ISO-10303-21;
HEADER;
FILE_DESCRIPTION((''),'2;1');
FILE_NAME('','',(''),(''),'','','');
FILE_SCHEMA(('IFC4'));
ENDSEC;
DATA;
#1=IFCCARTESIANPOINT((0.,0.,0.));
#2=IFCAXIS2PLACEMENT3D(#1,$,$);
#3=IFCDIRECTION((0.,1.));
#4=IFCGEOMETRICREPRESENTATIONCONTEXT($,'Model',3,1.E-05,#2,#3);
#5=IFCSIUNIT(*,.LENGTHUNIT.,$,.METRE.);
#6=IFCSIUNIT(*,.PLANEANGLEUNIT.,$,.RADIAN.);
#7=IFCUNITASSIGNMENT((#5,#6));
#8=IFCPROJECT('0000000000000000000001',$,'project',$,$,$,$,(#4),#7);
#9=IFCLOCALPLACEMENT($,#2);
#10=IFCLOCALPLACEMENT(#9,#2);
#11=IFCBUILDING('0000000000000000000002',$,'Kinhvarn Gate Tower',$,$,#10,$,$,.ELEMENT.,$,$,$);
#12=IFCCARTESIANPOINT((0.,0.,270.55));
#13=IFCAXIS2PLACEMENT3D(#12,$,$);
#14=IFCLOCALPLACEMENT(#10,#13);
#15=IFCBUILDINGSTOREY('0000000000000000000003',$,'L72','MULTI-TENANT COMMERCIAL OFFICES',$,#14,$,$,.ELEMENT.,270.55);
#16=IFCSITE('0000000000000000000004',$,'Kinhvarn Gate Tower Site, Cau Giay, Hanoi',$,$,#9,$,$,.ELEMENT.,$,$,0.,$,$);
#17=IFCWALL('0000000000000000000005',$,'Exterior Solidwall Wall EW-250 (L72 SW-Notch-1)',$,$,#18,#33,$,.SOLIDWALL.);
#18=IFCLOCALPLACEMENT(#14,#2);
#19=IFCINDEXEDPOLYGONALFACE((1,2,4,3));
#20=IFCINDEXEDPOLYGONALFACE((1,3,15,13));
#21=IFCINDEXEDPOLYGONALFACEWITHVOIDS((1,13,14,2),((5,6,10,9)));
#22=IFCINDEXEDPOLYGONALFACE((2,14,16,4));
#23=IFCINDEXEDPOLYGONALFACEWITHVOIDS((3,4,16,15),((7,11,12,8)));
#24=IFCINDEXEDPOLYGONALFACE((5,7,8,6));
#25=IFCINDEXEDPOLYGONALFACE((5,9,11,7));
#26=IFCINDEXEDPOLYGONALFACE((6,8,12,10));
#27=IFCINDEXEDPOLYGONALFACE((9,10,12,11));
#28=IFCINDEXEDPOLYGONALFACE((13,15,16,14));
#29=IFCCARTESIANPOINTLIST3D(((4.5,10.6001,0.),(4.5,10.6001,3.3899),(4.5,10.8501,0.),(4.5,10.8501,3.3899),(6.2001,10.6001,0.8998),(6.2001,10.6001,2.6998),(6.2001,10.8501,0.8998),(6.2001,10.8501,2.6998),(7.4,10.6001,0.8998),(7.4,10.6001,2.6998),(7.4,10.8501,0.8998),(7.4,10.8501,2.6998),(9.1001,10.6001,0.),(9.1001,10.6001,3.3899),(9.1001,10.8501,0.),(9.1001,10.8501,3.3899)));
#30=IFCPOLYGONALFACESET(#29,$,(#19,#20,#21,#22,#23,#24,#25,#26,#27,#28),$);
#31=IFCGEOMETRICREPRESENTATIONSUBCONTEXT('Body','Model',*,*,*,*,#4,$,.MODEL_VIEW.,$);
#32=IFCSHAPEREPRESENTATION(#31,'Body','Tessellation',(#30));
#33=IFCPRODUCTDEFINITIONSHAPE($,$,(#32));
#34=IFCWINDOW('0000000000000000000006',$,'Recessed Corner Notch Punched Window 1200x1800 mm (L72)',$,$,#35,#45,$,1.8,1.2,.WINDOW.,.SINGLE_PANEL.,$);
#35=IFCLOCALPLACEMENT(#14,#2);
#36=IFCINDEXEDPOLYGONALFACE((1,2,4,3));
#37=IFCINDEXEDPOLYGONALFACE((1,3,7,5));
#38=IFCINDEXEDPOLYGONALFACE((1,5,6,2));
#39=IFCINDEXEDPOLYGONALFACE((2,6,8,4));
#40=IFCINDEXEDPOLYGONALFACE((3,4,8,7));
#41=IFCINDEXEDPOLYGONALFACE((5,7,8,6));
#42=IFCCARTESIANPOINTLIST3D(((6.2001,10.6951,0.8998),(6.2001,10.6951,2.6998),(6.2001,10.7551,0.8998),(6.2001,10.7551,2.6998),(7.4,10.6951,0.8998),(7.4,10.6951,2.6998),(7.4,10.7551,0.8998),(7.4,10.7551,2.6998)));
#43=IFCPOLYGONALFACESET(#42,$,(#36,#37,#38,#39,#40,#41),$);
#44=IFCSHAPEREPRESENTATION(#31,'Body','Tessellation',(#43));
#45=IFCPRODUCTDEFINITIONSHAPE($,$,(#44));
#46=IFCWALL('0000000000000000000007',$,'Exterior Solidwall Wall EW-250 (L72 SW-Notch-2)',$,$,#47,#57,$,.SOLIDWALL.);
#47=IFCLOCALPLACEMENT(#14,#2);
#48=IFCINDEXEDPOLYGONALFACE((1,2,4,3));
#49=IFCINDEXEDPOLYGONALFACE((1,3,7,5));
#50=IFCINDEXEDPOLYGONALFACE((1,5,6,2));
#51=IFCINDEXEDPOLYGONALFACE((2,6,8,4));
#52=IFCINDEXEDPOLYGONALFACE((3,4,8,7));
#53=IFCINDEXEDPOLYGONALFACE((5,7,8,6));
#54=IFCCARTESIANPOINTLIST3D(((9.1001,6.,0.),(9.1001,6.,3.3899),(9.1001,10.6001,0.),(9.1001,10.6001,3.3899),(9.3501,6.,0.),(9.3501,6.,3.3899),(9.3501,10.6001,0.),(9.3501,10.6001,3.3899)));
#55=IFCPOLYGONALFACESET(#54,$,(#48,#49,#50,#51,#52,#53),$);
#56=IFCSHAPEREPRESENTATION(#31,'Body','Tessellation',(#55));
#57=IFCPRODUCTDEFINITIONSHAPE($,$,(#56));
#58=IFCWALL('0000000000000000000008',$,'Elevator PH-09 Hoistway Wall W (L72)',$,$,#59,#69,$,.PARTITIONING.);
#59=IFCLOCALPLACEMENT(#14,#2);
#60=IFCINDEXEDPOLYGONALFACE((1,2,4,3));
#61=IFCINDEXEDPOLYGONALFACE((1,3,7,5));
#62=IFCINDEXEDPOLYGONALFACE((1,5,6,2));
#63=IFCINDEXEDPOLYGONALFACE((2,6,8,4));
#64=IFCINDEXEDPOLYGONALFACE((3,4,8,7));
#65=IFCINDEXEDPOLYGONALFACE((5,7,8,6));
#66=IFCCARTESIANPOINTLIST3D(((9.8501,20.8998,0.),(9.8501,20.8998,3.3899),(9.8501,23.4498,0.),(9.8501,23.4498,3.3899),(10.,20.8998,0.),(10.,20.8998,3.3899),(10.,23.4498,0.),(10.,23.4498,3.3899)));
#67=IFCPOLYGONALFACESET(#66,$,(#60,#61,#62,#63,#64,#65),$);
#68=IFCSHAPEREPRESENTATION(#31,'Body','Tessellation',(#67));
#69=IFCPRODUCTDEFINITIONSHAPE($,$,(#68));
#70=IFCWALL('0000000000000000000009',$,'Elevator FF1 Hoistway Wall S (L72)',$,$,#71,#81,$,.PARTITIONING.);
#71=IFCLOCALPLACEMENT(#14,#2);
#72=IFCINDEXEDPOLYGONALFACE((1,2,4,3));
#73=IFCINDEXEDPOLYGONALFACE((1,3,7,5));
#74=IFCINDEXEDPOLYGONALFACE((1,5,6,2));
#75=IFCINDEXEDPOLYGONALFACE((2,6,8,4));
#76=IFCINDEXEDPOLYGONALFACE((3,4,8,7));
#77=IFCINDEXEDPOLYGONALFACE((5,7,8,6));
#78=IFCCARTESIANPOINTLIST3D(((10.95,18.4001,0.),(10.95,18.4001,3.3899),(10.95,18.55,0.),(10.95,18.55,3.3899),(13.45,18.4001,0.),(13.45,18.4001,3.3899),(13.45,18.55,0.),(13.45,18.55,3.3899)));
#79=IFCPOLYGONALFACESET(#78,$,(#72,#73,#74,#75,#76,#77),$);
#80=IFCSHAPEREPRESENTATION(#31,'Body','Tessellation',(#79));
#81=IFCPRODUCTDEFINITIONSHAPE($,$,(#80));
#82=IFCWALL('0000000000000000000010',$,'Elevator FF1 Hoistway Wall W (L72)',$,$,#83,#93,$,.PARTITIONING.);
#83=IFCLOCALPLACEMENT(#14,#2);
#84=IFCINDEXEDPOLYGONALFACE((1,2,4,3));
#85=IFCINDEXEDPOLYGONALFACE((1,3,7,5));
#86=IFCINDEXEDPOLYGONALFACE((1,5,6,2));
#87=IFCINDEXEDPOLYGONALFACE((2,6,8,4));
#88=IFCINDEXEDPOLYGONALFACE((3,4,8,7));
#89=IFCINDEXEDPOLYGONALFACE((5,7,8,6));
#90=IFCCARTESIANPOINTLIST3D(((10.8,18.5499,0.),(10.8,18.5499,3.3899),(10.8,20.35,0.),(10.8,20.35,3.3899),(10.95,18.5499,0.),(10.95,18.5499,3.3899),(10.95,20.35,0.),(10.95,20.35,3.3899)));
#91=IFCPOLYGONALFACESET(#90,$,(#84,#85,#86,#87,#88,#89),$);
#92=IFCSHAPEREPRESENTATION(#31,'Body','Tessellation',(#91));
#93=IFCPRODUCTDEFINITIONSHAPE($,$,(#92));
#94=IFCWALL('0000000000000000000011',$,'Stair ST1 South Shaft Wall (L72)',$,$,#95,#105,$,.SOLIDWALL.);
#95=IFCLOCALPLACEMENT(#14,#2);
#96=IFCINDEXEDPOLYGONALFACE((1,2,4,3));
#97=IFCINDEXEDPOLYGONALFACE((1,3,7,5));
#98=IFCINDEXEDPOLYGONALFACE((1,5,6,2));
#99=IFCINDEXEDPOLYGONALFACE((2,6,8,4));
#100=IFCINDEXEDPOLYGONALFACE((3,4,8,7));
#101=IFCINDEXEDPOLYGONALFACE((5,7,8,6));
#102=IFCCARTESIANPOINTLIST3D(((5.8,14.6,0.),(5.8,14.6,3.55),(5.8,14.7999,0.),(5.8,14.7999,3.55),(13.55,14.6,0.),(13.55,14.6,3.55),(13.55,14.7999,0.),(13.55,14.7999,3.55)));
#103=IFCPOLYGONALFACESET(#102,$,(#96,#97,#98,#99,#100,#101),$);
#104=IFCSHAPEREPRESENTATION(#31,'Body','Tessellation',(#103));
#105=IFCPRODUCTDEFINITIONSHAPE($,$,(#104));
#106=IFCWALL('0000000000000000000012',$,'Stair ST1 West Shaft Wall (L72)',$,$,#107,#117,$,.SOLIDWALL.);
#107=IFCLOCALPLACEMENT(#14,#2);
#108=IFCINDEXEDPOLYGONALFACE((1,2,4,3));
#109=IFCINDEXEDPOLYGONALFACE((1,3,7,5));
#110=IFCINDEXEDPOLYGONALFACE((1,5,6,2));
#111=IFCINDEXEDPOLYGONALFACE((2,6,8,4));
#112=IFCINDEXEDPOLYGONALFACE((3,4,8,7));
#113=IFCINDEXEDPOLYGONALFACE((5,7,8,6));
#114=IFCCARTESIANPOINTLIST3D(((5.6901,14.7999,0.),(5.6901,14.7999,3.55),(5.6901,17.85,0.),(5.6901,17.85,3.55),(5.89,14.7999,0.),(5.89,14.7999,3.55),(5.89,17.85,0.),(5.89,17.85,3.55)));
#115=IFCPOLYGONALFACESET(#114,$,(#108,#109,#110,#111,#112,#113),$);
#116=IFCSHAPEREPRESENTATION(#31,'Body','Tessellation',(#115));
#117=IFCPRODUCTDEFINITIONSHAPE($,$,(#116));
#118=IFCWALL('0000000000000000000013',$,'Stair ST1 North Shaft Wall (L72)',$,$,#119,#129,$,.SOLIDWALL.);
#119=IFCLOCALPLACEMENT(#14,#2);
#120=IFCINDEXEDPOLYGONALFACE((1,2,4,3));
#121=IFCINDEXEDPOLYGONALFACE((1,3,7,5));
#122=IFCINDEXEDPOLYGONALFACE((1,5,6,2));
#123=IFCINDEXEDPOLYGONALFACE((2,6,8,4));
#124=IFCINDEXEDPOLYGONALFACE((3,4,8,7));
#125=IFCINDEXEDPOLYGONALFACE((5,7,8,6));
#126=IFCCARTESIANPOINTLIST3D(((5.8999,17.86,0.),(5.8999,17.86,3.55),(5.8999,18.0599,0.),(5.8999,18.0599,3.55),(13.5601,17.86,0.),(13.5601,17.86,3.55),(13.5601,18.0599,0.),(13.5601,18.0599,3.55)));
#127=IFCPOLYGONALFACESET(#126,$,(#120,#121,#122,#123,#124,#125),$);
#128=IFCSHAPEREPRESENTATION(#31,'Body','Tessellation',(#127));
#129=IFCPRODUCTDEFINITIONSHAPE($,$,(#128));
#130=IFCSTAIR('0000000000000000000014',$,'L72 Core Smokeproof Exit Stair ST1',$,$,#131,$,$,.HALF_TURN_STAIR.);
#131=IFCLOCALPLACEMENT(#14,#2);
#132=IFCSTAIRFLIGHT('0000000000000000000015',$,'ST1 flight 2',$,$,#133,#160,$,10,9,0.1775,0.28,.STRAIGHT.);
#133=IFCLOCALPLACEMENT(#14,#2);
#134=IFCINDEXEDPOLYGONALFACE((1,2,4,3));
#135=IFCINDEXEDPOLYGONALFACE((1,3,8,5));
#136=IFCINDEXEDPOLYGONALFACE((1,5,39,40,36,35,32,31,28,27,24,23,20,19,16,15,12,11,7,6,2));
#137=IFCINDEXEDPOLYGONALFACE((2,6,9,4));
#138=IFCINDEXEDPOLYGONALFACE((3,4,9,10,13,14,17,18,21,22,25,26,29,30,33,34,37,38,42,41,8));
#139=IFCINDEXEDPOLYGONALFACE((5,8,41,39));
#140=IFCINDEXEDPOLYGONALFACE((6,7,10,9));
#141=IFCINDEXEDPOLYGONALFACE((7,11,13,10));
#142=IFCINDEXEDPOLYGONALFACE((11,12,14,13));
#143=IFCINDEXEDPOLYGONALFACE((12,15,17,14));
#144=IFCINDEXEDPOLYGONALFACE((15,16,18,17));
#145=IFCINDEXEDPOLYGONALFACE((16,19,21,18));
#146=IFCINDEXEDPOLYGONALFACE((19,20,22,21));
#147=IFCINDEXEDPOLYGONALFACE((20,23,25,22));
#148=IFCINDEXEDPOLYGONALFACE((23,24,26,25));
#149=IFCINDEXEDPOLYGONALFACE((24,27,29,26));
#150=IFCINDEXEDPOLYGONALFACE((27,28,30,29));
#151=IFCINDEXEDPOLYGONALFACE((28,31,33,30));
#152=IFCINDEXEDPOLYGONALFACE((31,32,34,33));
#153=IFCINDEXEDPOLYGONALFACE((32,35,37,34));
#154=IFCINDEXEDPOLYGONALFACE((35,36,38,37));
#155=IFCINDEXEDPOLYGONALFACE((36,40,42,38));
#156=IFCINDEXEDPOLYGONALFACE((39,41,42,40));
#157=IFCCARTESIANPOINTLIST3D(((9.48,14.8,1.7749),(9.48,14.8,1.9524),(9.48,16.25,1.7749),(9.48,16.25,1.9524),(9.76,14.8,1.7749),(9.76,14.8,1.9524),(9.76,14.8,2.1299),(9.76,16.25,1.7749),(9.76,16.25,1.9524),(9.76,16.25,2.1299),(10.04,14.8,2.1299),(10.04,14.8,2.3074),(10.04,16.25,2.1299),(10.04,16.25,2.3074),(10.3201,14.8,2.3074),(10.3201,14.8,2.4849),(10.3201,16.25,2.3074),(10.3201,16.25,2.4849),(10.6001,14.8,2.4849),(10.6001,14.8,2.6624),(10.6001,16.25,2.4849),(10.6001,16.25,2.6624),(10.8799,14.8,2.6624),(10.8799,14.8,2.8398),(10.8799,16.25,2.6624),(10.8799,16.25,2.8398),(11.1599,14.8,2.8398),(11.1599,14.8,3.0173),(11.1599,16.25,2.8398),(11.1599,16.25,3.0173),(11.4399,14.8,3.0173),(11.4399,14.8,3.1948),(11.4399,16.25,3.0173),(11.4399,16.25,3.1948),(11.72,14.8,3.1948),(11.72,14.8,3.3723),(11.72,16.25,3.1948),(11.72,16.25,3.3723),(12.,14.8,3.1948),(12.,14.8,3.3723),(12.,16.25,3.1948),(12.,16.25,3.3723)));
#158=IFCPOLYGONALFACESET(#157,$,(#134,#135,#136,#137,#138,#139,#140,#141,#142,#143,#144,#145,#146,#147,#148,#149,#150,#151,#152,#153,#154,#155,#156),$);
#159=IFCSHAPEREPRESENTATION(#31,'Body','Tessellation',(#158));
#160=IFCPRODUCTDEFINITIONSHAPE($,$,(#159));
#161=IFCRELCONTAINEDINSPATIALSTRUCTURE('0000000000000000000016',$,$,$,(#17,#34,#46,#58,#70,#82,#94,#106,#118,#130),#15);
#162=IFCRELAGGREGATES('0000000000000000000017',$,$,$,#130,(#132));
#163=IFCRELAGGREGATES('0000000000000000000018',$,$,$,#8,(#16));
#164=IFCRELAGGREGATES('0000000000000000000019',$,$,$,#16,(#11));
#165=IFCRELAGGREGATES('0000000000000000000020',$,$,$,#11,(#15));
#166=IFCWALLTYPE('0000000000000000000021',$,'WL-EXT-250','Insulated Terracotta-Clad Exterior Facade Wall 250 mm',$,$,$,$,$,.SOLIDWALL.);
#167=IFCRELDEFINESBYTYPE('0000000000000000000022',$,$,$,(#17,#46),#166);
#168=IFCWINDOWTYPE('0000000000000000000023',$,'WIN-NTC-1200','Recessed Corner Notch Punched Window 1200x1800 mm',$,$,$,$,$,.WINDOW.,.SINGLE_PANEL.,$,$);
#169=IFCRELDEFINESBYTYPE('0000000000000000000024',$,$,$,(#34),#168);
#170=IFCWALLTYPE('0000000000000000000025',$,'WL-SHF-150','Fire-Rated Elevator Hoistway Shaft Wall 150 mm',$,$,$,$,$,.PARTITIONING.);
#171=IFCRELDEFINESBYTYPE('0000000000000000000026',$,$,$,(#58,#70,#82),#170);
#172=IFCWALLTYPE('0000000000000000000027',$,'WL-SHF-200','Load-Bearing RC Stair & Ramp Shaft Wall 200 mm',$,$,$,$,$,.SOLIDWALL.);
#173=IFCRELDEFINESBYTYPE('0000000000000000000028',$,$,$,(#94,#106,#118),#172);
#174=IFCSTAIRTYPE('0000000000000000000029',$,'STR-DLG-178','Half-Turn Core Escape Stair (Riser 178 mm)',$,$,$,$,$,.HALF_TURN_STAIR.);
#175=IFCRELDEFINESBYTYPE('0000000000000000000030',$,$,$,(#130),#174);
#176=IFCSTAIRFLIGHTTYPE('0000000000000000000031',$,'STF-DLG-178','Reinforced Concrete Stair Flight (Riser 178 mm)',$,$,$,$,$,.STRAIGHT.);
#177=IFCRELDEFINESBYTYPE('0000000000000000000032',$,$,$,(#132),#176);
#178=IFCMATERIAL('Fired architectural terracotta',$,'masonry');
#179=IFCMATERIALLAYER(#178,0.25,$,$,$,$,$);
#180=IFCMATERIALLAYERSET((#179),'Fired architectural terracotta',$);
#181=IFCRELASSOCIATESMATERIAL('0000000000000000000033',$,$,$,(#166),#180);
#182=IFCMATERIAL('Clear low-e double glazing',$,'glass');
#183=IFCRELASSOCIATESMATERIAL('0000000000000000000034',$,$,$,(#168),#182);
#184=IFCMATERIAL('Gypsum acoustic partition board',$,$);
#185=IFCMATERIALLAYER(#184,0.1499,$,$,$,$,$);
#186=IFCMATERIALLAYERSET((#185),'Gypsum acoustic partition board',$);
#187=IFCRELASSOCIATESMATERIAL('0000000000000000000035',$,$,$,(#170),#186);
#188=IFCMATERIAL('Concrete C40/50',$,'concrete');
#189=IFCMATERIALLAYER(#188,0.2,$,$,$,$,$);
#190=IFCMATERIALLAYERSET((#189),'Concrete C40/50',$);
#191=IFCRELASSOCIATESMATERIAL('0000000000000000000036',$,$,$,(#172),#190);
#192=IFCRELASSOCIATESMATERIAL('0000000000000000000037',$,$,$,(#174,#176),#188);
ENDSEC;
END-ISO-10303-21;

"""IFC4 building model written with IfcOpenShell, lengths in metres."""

from ifc_helpers import new_model, si_unit, direction, frame, frame_2d, origin, place, context, subcontext, project, spatial, polyline, rectangle, outline, extrude, material, layer, layer_set, type_object, element, fill, aggregate, save


model = new_model("IFC4")

# Units and contexts
model_context = context("Model", 3, precision=1e-05, world=origin(), true_north=direction((0.0, 1.0)))
body_context = subcontext(model_context, "Body", "Model", "MODEL_VIEW")
ifc_project = project(units=[si_unit("LENGTHUNIT", "METRE"), si_unit("PLANEANGLEUNIT", "RADIAN")], contexts=[model_context])

# Site, building, storey
site_placement = place(None, origin())
site = spatial("IfcSite", under=ifc_project, at=site_placement, Name="Kinhvarn Gate Tower Site, Cau Giay, Hanoi", CompositionType="ELEMENT", RefElevation=0.0)
building_placement = place(site_placement, origin())
building = spatial("IfcBuilding", under=site, at=building_placement, Name="Kinhvarn Gate Tower", CompositionType="ELEMENT")
storey_placement = place(building_placement, frame((0.0, 0.0, 270.55)))
storey = spatial("IfcBuildingStorey", under=building, at=storey_placement, Name="L72", Description="MULTI-TENANT COMMERCIAL OFFICES", CompositionType="ELEMENT", Elevation=270.55)

# Wall, opening, window
ifc_material_1 = material(Name="Fired architectural terracotta", Category="masonry")
ifc_layer_1 = layer(ifc_material_1, 0.25)
ifc_layer_set_1 = layer_set([ifc_layer_1], Name="Fired architectural terracotta")
wall_type_1 = type_object("IfcWallType", Name="WL-EXT-250", Description="Insulated Terracotta-Clad Exterior Facade Wall 250 mm", PredefinedType="SOLIDWALL", material=ifc_layer_set_1)
ifc_material_2 = material(Name="Clear low-e double glazing", Category="glass")
wall_1_placement = place(storey_placement, frame((4.5, 10.7251, 0.0), z_axis=(0.0, 0.0, 1.0), x_axis=(1.0, 0.0, 0.0)))
wall_1 = element("IfcWall", 1, at=wall_1_placement, inside=storey, type_object=wall_type_1, Name="Exterior Solidwall Wall EW-250 (L72 SW-Notch-1)", PredefinedType="SOLIDWALL", context=body_context, shape_type="SweptSolid", body=[
    extrude(rectangle(XDim=4.6001, YDim=0.25, at=frame_2d((2.3, 0.0))), origin(), (0.0, 0.0, 1.0), 3.3899),
])
opening_1_placement = place(wall_1_placement, frame((1.7, 0.0, 0.8999)))
opening_1 = element("IfcOpeningElement", 2, at=opening_1_placement, cuts=wall_1, PredefinedType="OPENING", context=body_context, shape_type="SweptSolid", body=[
    extrude(rectangle(XDim=1.2, YDim=1.8, at=frame_2d((0.6001, 0.8999))), frame((0.0, 0.135, 0.0), z_axis=(0.0, -1.0, 0.0), x_axis=(1.0, 0.0, 0.0)), (0.0, 0.0, 1.0), 0.27),
])
window_type_1 = type_object("IfcWindowType", Name="WIN-NTC-1200", Description="Recessed Corner Notch Punched Window 1200x1800 mm", PartitioningType="SINGLE_PANEL", PredefinedType="WINDOW", material=ifc_material_2)
window_1_placement = place(opening_1_placement, origin())
window_1 = element("IfcWindow", 3, at=window_1_placement, inside=storey, type_object=window_type_1, Name="Recessed Corner Notch Punched Window 1200x1800 mm (L72)", OverallHeight=1.8, OverallWidth=1.2, PartitioningType="SINGLE_PANEL", PredefinedType="WINDOW", context=body_context, shape_type="SweptSolid", body=[
    extrude(rectangle(XDim=1.2, YDim=1.8, at=frame_2d((0.6001, 0.8999))), frame((0.0, 0.03, 0.0), z_axis=(0.0, -1.0, 0.0), x_axis=(1.0, 0.0, 0.0)), (0.0, 0.0, 1.0), 0.0601),
])
fill(opening_1, window_1)

# Walls
wall_2_placement = place(storey_placement, frame((9.2251, 10.6001, 0.0), z_axis=(0.0, 0.0, 1.0), x_axis=(0.0, -1.0, 0.0)))
element("IfcWall", 4, at=wall_2_placement, inside=storey, type_object=wall_type_1, Name="Exterior Solidwall Wall EW-250 (L72 SW-Notch-2)", PredefinedType="SOLIDWALL", context=body_context, shape_type="SweptSolid", body=[
    extrude(rectangle(XDim=4.6001, YDim=0.25, at=frame_2d((2.3, 0.0))), origin(), (0.0, 0.0, 1.0), 3.3899),
])
ifc_material_3 = material(Name="Gypsum acoustic partition board")
ifc_layer_2 = layer(ifc_material_3, 0.1499)
ifc_layer_set_2 = layer_set([ifc_layer_2], Name="Gypsum acoustic partition board")
wall_type_2 = type_object("IfcWallType", Name="WL-SHF-150", Description="Fire-Rated Elevator Hoistway Shaft Wall 150 mm", PredefinedType="PARTITIONING", material=ifc_layer_set_2)
wall_3_placement = place(storey_placement, frame((9.925, 20.8999, 0.0), z_axis=(0.0, 0.0, 1.0), x_axis=(0.0, 1.0, 0.0)))
element("IfcWall", 5, at=wall_3_placement, inside=storey, type_object=wall_type_2, Name="Elevator PH-09 Hoistway Wall W (L72)", PredefinedType="PARTITIONING", context=body_context, shape_type="SweptSolid", body=[
    extrude(rectangle(XDim=2.55, YDim=0.1499, at=frame_2d((1.2749, 0.0))), origin(), (0.0, 0.0, 1.0), 3.3899),
])
wall_4_placement = place(storey_placement, frame((10.95, 18.4751, 0.0), z_axis=(0.0, 0.0, 1.0), x_axis=(1.0, 0.0, 0.0)))
element("IfcWall", 6, at=wall_4_placement, inside=storey, type_object=wall_type_2, Name="Elevator FF1 Hoistway Wall S (L72)", PredefinedType="PARTITIONING", context=body_context, shape_type="SweptSolid", body=[
    extrude(rectangle(XDim=2.5, YDim=0.1499, at=frame_2d((1.25, 0.0))), origin(), (0.0, 0.0, 1.0), 3.3899),
])
wall_5_placement = place(storey_placement, frame((10.875, 18.55, 0.0), z_axis=(0.0, 0.0, 1.0), x_axis=(0.0, 1.0, 0.0)))
element("IfcWall", 7, at=wall_5_placement, inside=storey, type_object=wall_type_2, Name="Elevator FF1 Hoistway Wall W (L72)", PredefinedType="PARTITIONING", context=body_context, shape_type="SweptSolid", body=[
    extrude(rectangle(XDim=1.8, YDim=0.1499, at=frame_2d((0.8999, 0.0))), origin(), (0.0, 0.0, 1.0), 3.3899),
])
ifc_material_4 = material(Name="Concrete C40/50", Category="concrete")
ifc_layer_3 = layer(ifc_material_4, 0.2)
ifc_layer_set_3 = layer_set([ifc_layer_3], Name="Concrete C40/50")
wall_type_3 = type_object("IfcWallType", Name="WL-SHF-200", Description="Load-Bearing RC Stair & Ramp Shaft Wall 200 mm", PredefinedType="SOLIDWALL", material=ifc_layer_set_3)
wall_6_placement = place(storey_placement, frame((5.8, 14.7, 0.0), z_axis=(0.0, 0.0, 1.0), x_axis=(1.0, 0.0, 0.0)))
element("IfcWall", 8, at=wall_6_placement, inside=storey, type_object=wall_type_3, Name="Stair ST1 South Shaft Wall (L72)", PredefinedType="SOLIDWALL", context=body_context, shape_type="SweptSolid", body=[
    extrude(rectangle(XDim=7.75, YDim=0.2, at=frame_2d((3.875, 0.0))), origin(), (0.0, 0.0, 1.0), 3.55),
])
wall_7_placement = place(storey_placement, frame((5.79, 14.8, 0.0), z_axis=(0.0, 0.0, 1.0), x_axis=(0.0, 1.0, 0.0)))
element("IfcWall", 9, at=wall_7_placement, inside=storey, type_object=wall_type_3, Name="Stair ST1 West Shaft Wall (L72)", PredefinedType="SOLIDWALL", context=body_context, shape_type="SweptSolid", body=[
    extrude(rectangle(XDim=3.05, YDim=0.2, at=frame_2d((1.5249, 0.0))), origin(), (0.0, 0.0, 1.0), 3.55),
])
wall_8_placement = place(storey_placement, frame((5.8999, 17.96, 0.0), z_axis=(0.0, 0.0, 1.0), x_axis=(1.0, 0.0, 0.0)))
element("IfcWall", 10, at=wall_8_placement, inside=storey, type_object=wall_type_3, Name="Stair ST1 North Shaft Wall (L72)", PredefinedType="SOLIDWALL", context=body_context, shape_type="SweptSolid", body=[
    extrude(rectangle(XDim=7.6602, YDim=0.2, at=frame_2d((3.8301, 0.0))), origin(), (0.0, 0.0, 1.0), 3.55),
])

# Stair, stair flight
stair_type = type_object("IfcStairType", Name="STR-DLG-178", Description="Half-Turn Core Escape Stair (Riser 178 mm)", PredefinedType="HALF_TURN_STAIR", material=ifc_material_4)
stair_placement = place(storey_placement, origin())
stair = element("IfcStair", 11, at=stair_placement, inside=storey, type_object=stair_type, Name="L72 Core Smokeproof Exit Stair ST1", PredefinedType="HALF_TURN_STAIR")
stair_flight_type = type_object("IfcStairFlightType", Name="STF-DLG-178", Description="Reinforced Concrete Stair Flight (Riser 178 mm)", PredefinedType="STRAIGHT", material=ifc_material_4)
stair_flight_placement = place(storey_placement, frame((9.48, 15.5249, 1.7749), z_axis=(0.0, 0.0, 1.0), x_axis=(1.0, 0.0, 0.0)))
stair_flight = element("IfcStairFlight", 12, at=stair_flight_placement, type_object=stair_flight_type, Name="ST1 flight 2", NumberOfRisers=10, NumberOfTreads=9, PredefinedType="STRAIGHT", RiserHeight=0.1775, TreadLength=0.28, context=body_context, shape_type="SweptSolid", body=[
    extrude(outline(polyline([(0.0, 0.0), (0.0, 0.1775), (0.28, 0.1775), (0.28, 0.355), (0.5601, 0.355), (0.5601, 0.5325), (0.8401, 0.5325), (0.8401, 0.71), (1.1201, 0.71), (1.1201, 0.8875), (1.3999, 0.8875), (1.3999, 1.0649), (1.6799, 1.0649), (1.6799, 1.2424), (1.96, 1.2424), (1.96, 1.4199), (2.24, 1.4199), (2.24, 1.5974), (2.52, 1.5974), (2.52, 1.7749), (2.52, 1.4199), (0.28, 0.0), (0.0, 0.0)])), frame((0.0, 0.7251, 0.0), z_axis=(0.0, -1.0, 0.0), x_axis=(1.0, 0.0, 0.0)), (0.0, 0.0, 1.0), 1.45),
])
aggregate(stair, [stair_flight])

save(model, "model.ifc")
